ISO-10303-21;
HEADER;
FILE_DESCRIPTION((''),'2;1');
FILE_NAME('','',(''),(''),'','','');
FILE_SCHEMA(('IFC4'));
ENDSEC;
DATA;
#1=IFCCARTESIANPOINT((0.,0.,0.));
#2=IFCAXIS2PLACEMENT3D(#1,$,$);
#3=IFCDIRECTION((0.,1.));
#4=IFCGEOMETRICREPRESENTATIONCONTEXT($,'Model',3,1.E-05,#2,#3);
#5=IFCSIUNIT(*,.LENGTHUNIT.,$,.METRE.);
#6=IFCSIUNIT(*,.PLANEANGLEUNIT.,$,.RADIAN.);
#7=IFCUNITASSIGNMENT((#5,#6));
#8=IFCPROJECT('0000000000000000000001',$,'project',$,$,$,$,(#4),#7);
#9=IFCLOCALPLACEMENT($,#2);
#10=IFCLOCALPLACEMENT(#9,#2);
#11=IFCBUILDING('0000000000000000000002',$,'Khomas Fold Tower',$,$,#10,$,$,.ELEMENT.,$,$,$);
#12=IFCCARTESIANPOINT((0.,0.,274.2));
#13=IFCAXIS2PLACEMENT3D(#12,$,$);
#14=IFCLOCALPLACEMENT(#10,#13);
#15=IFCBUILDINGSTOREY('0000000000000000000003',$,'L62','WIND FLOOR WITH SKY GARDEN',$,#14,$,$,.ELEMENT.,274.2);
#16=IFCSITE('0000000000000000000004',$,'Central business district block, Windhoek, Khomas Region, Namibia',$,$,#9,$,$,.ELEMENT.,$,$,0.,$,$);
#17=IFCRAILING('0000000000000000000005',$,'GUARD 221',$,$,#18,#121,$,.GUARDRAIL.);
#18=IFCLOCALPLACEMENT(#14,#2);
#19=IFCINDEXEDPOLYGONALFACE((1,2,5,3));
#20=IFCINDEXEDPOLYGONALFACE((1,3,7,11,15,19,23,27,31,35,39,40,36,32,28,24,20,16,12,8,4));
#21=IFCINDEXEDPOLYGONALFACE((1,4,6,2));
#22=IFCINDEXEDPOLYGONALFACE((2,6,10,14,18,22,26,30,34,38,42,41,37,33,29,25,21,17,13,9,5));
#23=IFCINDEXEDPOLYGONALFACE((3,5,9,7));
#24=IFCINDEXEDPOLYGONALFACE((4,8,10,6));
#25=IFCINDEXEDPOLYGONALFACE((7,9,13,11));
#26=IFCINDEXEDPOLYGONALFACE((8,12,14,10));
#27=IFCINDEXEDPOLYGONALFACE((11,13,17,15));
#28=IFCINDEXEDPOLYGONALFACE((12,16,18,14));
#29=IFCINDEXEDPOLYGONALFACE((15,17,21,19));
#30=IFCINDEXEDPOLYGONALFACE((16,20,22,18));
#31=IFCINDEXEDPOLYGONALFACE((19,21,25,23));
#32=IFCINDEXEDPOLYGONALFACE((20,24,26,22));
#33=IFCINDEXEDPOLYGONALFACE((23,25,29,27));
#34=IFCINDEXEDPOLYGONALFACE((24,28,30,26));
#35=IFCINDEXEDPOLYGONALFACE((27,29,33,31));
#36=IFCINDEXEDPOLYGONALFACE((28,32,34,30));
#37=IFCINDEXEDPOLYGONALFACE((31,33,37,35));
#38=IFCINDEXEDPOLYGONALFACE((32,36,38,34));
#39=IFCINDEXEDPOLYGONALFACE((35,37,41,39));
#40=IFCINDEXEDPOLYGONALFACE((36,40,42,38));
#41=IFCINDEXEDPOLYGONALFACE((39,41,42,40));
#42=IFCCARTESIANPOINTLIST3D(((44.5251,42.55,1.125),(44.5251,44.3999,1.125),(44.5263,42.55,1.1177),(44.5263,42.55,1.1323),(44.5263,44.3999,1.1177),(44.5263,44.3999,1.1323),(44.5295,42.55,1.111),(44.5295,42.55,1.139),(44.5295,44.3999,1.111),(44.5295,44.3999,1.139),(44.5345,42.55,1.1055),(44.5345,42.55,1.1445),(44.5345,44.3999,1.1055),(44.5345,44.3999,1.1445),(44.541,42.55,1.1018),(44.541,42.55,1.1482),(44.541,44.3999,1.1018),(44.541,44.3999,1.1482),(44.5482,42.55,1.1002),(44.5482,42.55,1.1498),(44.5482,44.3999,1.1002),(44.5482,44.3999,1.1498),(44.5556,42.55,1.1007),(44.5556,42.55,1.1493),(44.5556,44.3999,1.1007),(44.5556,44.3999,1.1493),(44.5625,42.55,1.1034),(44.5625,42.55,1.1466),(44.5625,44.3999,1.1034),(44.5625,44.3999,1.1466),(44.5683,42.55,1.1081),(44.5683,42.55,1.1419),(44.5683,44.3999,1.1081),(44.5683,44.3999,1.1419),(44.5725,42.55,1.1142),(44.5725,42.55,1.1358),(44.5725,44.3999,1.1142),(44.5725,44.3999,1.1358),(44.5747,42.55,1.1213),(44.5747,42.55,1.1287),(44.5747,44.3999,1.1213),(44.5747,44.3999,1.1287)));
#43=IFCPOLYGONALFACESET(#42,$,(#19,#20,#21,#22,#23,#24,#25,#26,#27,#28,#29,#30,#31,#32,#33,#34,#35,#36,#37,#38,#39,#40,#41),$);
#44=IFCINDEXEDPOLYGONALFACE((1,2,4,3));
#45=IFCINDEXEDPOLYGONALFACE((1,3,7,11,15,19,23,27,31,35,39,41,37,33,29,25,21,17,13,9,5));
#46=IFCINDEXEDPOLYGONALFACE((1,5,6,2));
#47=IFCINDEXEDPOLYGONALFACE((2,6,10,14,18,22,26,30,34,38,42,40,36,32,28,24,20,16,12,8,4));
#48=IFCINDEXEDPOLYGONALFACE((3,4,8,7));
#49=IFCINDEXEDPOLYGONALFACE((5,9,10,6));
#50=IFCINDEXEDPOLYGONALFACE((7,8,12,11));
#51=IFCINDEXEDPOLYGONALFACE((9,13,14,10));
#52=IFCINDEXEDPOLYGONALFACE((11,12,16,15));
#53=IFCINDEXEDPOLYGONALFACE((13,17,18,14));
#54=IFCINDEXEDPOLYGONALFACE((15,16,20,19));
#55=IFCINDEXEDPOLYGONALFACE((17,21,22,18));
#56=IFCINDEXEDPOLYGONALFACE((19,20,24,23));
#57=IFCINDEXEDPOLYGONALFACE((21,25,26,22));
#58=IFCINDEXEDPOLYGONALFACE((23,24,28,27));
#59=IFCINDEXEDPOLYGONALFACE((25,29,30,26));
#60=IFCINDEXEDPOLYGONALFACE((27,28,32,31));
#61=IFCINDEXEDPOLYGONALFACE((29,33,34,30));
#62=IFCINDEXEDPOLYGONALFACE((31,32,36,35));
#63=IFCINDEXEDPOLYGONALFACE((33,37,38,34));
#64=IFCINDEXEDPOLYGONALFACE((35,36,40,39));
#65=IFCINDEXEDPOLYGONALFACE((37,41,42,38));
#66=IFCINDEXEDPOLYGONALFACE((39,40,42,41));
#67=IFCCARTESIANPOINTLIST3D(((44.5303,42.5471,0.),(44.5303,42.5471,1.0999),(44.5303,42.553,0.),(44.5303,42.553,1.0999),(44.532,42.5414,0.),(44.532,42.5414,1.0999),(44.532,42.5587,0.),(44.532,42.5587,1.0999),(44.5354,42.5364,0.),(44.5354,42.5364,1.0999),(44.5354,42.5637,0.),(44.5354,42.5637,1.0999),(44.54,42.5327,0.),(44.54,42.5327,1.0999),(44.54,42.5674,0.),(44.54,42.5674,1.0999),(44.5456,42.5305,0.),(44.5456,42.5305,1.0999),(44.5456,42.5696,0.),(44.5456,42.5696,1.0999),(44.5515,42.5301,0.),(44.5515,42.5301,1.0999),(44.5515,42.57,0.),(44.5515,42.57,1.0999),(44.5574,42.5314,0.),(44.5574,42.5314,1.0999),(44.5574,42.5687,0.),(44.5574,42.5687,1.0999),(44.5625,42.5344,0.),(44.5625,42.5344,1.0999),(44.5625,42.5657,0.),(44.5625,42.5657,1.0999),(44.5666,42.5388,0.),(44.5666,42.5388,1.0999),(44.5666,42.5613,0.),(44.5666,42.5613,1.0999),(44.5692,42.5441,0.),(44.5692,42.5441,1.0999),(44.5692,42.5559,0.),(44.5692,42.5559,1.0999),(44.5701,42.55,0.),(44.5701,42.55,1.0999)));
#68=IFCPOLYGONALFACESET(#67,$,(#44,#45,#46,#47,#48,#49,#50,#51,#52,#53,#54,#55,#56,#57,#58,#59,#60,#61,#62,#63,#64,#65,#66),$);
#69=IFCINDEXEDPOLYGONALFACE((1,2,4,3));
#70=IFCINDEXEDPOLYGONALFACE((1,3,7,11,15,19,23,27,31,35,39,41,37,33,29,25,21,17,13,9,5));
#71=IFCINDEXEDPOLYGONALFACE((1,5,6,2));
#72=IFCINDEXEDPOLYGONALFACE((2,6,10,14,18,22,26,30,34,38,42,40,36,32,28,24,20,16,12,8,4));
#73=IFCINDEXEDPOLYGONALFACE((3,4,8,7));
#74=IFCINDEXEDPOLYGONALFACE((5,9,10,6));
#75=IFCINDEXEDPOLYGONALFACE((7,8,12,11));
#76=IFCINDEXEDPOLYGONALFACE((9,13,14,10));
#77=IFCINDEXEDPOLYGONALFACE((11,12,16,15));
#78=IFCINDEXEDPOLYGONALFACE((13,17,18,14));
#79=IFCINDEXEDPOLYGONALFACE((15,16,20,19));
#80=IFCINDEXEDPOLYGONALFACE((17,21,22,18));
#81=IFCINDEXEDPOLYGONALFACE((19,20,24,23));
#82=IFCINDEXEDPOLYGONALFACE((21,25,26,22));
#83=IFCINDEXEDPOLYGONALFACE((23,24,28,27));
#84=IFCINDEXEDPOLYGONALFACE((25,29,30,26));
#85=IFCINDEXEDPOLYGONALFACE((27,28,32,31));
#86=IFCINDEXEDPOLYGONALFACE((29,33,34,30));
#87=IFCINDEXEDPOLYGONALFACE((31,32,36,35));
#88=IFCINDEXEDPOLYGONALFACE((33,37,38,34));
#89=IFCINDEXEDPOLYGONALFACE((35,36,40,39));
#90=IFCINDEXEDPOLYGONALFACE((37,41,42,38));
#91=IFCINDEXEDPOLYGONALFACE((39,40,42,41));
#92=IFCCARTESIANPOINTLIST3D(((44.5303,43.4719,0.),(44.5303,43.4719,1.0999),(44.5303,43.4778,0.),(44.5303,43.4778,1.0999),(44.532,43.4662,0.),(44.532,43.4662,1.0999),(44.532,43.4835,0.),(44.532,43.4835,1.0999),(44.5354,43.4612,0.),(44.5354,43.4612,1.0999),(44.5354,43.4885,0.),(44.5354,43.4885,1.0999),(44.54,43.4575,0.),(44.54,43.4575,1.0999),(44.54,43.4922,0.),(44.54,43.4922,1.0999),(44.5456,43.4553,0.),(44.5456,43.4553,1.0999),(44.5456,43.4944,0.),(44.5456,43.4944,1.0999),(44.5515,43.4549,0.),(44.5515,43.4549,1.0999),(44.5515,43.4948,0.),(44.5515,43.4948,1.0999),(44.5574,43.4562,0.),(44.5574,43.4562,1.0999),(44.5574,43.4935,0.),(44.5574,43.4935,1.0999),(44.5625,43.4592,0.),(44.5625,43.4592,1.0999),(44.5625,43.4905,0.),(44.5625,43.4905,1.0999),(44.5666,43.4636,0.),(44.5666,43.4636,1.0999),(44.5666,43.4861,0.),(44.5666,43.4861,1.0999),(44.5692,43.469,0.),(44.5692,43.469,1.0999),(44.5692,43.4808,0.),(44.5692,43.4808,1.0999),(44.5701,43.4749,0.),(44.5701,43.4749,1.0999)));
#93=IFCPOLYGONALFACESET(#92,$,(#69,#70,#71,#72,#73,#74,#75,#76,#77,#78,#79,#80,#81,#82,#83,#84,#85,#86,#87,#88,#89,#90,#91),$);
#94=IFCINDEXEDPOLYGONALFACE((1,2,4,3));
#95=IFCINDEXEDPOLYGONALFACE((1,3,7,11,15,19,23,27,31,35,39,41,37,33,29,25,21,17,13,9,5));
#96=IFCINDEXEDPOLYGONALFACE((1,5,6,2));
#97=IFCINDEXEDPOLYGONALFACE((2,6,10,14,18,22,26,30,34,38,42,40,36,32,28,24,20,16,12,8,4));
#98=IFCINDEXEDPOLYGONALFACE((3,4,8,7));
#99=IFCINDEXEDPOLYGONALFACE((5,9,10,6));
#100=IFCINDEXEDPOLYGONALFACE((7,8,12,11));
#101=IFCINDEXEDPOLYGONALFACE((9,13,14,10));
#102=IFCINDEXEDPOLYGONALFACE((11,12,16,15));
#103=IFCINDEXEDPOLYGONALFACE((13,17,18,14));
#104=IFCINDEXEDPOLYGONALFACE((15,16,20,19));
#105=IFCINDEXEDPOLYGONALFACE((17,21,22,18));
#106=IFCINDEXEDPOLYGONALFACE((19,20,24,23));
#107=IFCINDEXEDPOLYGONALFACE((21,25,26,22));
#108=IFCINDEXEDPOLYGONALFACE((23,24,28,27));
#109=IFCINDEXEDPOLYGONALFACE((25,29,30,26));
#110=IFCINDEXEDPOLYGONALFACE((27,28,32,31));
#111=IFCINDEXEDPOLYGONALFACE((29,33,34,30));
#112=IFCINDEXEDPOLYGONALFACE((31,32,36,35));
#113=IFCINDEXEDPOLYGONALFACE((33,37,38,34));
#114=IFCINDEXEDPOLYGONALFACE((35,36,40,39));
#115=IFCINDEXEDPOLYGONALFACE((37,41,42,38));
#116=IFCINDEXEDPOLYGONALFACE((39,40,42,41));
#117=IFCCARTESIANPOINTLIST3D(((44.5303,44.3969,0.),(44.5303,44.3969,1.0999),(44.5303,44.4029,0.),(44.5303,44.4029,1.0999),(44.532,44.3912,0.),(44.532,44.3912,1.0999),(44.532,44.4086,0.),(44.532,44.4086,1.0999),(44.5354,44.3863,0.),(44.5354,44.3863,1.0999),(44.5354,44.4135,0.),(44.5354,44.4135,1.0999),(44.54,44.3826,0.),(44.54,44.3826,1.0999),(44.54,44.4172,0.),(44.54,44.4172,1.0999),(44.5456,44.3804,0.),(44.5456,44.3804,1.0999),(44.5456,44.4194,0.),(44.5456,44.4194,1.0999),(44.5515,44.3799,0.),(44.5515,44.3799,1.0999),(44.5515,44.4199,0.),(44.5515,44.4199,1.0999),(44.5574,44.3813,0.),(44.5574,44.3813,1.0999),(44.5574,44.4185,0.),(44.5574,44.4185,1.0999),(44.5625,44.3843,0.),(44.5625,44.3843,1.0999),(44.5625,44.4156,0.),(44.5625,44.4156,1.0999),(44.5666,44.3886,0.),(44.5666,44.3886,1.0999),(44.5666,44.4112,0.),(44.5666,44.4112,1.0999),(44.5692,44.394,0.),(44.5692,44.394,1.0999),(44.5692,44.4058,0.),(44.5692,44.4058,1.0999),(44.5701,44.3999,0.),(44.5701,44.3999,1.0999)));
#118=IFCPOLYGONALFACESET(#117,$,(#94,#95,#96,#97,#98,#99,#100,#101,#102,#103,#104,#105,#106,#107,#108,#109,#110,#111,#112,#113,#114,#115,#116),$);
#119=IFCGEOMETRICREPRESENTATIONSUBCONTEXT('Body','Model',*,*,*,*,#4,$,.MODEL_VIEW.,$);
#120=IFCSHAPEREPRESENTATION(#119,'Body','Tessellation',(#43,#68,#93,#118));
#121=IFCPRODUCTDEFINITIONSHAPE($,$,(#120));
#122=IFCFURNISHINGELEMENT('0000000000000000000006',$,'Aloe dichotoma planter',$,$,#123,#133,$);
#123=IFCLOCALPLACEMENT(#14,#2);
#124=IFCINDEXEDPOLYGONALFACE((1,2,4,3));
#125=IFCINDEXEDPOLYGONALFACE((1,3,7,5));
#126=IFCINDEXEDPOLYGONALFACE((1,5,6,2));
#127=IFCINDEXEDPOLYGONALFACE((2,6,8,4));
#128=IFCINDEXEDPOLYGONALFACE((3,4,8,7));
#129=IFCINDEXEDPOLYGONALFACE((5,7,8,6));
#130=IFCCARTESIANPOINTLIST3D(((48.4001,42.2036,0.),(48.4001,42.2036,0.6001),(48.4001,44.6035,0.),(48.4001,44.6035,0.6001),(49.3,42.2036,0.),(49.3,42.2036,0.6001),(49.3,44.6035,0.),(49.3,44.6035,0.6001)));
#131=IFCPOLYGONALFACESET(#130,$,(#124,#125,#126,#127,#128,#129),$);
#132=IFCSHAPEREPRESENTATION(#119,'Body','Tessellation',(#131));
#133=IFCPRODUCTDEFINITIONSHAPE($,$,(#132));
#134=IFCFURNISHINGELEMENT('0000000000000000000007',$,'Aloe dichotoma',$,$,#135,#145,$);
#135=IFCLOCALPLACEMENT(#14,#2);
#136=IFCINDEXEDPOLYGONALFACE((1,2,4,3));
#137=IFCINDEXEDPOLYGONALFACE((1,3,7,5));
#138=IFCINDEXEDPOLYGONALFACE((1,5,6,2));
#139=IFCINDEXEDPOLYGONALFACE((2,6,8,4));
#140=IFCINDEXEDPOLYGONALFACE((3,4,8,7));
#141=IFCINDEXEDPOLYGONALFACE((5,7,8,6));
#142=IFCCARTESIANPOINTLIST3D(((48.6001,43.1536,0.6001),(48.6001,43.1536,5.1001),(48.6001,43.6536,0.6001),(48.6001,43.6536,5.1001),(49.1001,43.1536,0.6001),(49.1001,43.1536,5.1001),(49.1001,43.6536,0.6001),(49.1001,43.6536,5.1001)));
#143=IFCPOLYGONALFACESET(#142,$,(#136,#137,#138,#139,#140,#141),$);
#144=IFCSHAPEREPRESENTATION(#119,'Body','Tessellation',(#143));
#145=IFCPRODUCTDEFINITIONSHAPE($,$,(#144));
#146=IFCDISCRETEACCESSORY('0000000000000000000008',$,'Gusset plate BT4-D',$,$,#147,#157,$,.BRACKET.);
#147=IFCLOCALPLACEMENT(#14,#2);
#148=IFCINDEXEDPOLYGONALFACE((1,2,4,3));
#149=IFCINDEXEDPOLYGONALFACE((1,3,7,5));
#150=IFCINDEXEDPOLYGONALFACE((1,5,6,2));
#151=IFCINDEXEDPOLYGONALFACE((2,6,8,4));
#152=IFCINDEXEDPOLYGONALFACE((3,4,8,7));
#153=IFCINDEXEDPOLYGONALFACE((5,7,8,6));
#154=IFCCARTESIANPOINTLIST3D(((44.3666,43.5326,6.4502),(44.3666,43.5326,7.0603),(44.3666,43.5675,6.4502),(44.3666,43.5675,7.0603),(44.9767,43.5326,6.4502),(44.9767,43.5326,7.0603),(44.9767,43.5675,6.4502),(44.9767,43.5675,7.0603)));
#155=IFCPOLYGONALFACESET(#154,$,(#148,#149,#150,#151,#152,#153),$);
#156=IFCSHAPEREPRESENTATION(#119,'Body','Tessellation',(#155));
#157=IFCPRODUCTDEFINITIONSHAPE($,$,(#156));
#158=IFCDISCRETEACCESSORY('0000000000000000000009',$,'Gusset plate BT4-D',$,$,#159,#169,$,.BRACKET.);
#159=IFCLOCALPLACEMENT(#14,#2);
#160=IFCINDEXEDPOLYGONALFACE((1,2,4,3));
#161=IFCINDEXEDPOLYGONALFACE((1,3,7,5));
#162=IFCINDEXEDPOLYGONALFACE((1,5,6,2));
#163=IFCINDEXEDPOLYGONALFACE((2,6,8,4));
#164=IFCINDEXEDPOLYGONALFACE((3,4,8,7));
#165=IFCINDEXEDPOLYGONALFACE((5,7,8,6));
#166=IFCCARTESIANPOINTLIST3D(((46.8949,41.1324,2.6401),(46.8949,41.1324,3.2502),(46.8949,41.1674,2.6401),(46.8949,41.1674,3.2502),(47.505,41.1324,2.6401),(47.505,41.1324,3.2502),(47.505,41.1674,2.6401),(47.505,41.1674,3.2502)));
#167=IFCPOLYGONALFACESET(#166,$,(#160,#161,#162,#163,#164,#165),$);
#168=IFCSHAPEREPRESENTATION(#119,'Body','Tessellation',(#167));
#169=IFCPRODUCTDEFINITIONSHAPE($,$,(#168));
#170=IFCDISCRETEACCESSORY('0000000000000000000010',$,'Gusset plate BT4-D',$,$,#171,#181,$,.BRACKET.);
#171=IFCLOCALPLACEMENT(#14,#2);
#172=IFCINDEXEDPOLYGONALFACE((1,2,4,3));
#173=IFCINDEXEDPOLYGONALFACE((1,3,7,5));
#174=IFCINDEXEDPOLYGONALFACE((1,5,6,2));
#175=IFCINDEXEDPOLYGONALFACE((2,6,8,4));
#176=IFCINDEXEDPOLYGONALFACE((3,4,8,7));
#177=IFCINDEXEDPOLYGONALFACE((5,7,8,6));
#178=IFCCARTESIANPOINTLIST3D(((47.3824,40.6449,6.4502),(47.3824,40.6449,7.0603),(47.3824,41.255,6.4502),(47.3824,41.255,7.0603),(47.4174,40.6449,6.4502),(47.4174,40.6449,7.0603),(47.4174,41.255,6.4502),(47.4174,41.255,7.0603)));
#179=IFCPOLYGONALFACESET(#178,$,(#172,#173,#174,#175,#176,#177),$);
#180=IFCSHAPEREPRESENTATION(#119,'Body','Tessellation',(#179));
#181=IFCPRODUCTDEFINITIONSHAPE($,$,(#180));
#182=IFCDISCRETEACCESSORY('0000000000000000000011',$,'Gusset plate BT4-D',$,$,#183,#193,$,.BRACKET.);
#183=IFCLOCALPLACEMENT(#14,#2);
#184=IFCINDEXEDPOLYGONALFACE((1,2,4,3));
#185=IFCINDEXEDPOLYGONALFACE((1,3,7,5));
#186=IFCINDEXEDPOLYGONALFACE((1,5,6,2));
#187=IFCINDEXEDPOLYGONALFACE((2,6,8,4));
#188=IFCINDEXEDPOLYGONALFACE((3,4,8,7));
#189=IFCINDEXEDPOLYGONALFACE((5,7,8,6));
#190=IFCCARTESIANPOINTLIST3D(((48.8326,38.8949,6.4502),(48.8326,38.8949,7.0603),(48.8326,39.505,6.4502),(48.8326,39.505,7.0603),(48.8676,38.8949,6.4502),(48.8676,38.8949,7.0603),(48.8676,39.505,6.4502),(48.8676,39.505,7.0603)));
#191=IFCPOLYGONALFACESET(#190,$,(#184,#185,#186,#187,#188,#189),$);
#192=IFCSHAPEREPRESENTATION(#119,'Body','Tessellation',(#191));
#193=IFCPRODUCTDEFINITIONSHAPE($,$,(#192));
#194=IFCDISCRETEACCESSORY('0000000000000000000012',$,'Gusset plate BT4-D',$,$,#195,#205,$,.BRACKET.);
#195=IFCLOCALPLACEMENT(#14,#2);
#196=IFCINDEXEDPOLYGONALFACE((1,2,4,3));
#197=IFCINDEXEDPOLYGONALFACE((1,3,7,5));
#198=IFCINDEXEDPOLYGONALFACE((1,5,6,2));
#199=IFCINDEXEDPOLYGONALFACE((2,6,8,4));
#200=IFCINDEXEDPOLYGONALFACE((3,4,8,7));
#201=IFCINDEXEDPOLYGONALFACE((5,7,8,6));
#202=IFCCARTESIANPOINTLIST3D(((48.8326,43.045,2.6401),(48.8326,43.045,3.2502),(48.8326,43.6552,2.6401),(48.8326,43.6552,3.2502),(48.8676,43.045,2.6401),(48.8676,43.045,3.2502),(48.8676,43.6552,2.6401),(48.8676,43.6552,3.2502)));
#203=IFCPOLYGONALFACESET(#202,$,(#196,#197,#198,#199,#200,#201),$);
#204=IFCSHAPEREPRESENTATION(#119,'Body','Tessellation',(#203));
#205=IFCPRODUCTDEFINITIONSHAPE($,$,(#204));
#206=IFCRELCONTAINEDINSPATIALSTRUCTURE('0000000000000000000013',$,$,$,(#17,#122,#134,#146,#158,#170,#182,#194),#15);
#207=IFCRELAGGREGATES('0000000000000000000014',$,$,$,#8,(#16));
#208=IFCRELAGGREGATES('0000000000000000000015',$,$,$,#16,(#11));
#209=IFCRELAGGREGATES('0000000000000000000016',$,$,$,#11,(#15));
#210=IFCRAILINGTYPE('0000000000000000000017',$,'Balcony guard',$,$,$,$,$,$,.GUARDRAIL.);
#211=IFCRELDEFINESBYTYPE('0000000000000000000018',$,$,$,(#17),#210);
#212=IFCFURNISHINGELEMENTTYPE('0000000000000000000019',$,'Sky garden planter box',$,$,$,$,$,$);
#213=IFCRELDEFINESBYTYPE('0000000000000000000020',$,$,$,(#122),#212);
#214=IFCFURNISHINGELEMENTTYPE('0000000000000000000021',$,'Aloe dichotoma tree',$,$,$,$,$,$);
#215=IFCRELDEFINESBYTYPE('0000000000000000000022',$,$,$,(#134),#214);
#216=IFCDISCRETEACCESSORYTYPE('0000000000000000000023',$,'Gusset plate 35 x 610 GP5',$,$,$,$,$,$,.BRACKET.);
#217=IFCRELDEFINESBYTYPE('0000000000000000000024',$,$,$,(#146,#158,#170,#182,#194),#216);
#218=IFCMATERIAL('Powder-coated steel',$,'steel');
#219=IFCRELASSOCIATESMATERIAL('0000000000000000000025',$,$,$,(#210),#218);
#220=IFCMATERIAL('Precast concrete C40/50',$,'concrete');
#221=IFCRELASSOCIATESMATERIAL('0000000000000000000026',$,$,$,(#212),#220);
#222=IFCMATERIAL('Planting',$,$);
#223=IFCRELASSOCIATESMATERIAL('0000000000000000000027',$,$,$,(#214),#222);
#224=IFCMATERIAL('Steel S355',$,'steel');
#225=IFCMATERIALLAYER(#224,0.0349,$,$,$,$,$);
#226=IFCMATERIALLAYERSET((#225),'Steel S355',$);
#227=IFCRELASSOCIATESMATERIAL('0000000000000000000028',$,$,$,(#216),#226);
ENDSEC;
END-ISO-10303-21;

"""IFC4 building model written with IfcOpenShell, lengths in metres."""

from ifc_helpers import new_model, si_unit, direction, frame, origin, origin_2d, place, context, subcontext, project, spatial, rectangle, circle, extrude, source, transform, mapped, material, layer, layer_set, type_object, element, save


model = new_model("IFC4")

# Units and contexts
model_context = context("Model", 3, precision=1e-05, world=origin(), true_north=direction((0.0, 1.0)))
body_context = subcontext(model_context, "Body", "Model", "MODEL_VIEW")
ifc_project = project(units=[si_unit("LENGTHUNIT", "METRE"), si_unit("PLANEANGLEUNIT", "RADIAN")], contexts=[model_context])

# Site, building, storey
site_placement = place(None, origin())
site = spatial("IfcSite", under=ifc_project, at=site_placement, Name="Central business district block, Windhoek, Khomas Region, Namibia", CompositionType="ELEMENT", RefElevation=0.0)
building_placement = place(site_placement, origin())
building = spatial("IfcBuilding", under=site, at=building_placement, Name="Khomas Fold Tower", CompositionType="ELEMENT")
storey_placement = place(building_placement, frame((0.0, 0.0, 274.2)))
storey = spatial("IfcBuildingStorey", under=building, at=storey_placement, Name="L62", Description="WIND FLOOR WITH SKY GARDEN", CompositionType="ELEMENT", Elevation=274.2)

# Railing
ifc_material_1 = material(Name="Powder-coated steel", Category="steel")
railing_type = type_object("IfcRailingType", Name="Balcony guard", PredefinedType="GUARDRAIL", material=ifc_material_1)
shared_shape_1 = source(origin(), body_context, "Body", "SweptSolid", [
    extrude(circle(Radius=0.0249, at=origin_2d()), frame((0.0, 0.0, 1.125), z_axis=(0.0, 1.0, 0.0), x_axis=(-1.0, 0.0, 0.0)), (0.0, 0.0, 1.0), 1.8499),
    extrude(circle(Radius=0.02, at=origin_2d()), origin(), (0.0, 0.0, 1.0), 1.0999),
    extrude(circle(Radius=0.02, at=origin_2d()), frame((0.0, 0.9248, 0.0)), (0.0, 0.0, 1.0), 1.0999),
    extrude(circle(Radius=0.02, at=origin_2d()), frame((0.0, 1.8499, 0.0)), (0.0, 0.0, 1.0), 1.0999),
])
railing_placement = place(storey_placement, frame((44.55, 42.55, 0.0)))
element("IfcRailing", 1, at=railing_placement, inside=storey, type_object=railing_type, Name="GUARD 221", PredefinedType="GUARDRAIL", context=body_context, shape_type="MappedRepresentation", body=[
    mapped(shared_shape_1, transform((0.0, 0.0, 0.0))),
])

# Furnishing elements
ifc_material_2 = material(Name="Precast concrete C40/50", Category="concrete")
furnishing_element_type_1 = type_object("IfcFurnishingElementType", Name="Sky garden planter box", material=ifc_material_2)
shared_shape_2 = source(origin(), body_context, "Body", "SweptSolid", [
    extrude(rectangle(XDim=2.3999, YDim=0.8999, at=origin_2d()), origin(), (0.0, 0.0, 1.0), 0.6001),
])
furnishing_1_placement = place(storey_placement, frame((48.8501, 43.4036, 0.0), z_axis=(0.0, 0.0, 1.0), x_axis=(0.0, -1.0, 0.0)))
element("IfcFurnishingElement", 2, at=furnishing_1_placement, inside=storey, type_object=furnishing_element_type_1, Name="Aloe dichotoma planter", context=body_context, shape_type="MappedRepresentation", body=[
    mapped(shared_shape_2, transform((0.0, 0.0, 0.0))),
])
ifc_material_3 = material(Name="Planting")
furnishing_element_type_2 = type_object("IfcFurnishingElementType", Name="Aloe dichotoma tree", material=ifc_material_3)
shared_shape_3 = source(origin(), body_context, "Body", "SweptSolid", [
    extrude(rectangle(XDim=0.5, YDim=0.5, at=origin_2d()), origin(), (0.0, 0.0, 1.0), 4.5),
])
furnishing_2_placement = place(storey_placement, frame((48.8501, 43.4036, 0.6001), z_axis=(0.0, 0.0, 1.0), x_axis=(1.0, 0.0, 0.0)))
element("IfcFurnishingElement", 3, at=furnishing_2_placement, inside=storey, type_object=furnishing_element_type_2, Name="Aloe dichotoma", context=body_context, shape_type="MappedRepresentation", body=[
    mapped(shared_shape_3, transform((0.0, 0.0, 0.0))),
])

# Discrete accessories
ifc_material_4 = material(Name="Steel S355", Category="steel")
ifc_layer_1 = layer(ifc_material_4, 0.0349)
ifc_layer_set_1 = layer_set([ifc_layer_1], Name="Steel S355")
discrete_accessory_type = type_object("IfcDiscreteAccessoryType", Name="Gusset plate 35 x 610 GP5", PredefinedType="BRACKET", material=ifc_layer_set_1)
shared_shape_4 = source(origin(), body_context, "Body", "SweptSolid", [
    extrude(rectangle(XDim=0.6101, YDim=0.0349, at=origin_2d()), origin(), (0.0, 0.0, 1.0), 0.6101),
])
for number, where, z_axis, x_axis, name in (
    (4, (44.6716, 43.55, 6.4502), (0.0, 0.0, 1.0), (1.0, 0.0, 0.0), "Gusset plate BT4-D"),
    (5, (47.2, 41.1499, 2.6401), (0.0, 0.0, 1.0), (1.0, 0.0, 0.0), "Gusset plate BT4-D"),
    (6, (47.3999, 40.95, 6.4502), (0.0, 0.0, 1.0), (0.0, 1.0, 0.0), "Gusset plate BT4-D"),
    (7, (48.8501, 39.2, 6.4502), (0.0, 0.0, 1.0), (0.0, 1.0, 0.0), "Gusset plate BT4-D"),
    (8, (48.8501, 43.3501, 2.6401), (0.0, 0.0, 1.0), (0.0, 1.0, 0.0), "Gusset plate BT4-D"),
):
    element("IfcDiscreteAccessory", number, at=place(storey_placement, frame(where, z_axis=z_axis, x_axis=x_axis)), inside=storey, type_object=discrete_accessory_type, Name=name, PredefinedType="BRACKET", context=body_context, shape_type="MappedRepresentation", body=[
        mapped(shared_shape_4, transform((0.0, 0.0, 0.0))),
    ])

save(model, "model.ifc")
